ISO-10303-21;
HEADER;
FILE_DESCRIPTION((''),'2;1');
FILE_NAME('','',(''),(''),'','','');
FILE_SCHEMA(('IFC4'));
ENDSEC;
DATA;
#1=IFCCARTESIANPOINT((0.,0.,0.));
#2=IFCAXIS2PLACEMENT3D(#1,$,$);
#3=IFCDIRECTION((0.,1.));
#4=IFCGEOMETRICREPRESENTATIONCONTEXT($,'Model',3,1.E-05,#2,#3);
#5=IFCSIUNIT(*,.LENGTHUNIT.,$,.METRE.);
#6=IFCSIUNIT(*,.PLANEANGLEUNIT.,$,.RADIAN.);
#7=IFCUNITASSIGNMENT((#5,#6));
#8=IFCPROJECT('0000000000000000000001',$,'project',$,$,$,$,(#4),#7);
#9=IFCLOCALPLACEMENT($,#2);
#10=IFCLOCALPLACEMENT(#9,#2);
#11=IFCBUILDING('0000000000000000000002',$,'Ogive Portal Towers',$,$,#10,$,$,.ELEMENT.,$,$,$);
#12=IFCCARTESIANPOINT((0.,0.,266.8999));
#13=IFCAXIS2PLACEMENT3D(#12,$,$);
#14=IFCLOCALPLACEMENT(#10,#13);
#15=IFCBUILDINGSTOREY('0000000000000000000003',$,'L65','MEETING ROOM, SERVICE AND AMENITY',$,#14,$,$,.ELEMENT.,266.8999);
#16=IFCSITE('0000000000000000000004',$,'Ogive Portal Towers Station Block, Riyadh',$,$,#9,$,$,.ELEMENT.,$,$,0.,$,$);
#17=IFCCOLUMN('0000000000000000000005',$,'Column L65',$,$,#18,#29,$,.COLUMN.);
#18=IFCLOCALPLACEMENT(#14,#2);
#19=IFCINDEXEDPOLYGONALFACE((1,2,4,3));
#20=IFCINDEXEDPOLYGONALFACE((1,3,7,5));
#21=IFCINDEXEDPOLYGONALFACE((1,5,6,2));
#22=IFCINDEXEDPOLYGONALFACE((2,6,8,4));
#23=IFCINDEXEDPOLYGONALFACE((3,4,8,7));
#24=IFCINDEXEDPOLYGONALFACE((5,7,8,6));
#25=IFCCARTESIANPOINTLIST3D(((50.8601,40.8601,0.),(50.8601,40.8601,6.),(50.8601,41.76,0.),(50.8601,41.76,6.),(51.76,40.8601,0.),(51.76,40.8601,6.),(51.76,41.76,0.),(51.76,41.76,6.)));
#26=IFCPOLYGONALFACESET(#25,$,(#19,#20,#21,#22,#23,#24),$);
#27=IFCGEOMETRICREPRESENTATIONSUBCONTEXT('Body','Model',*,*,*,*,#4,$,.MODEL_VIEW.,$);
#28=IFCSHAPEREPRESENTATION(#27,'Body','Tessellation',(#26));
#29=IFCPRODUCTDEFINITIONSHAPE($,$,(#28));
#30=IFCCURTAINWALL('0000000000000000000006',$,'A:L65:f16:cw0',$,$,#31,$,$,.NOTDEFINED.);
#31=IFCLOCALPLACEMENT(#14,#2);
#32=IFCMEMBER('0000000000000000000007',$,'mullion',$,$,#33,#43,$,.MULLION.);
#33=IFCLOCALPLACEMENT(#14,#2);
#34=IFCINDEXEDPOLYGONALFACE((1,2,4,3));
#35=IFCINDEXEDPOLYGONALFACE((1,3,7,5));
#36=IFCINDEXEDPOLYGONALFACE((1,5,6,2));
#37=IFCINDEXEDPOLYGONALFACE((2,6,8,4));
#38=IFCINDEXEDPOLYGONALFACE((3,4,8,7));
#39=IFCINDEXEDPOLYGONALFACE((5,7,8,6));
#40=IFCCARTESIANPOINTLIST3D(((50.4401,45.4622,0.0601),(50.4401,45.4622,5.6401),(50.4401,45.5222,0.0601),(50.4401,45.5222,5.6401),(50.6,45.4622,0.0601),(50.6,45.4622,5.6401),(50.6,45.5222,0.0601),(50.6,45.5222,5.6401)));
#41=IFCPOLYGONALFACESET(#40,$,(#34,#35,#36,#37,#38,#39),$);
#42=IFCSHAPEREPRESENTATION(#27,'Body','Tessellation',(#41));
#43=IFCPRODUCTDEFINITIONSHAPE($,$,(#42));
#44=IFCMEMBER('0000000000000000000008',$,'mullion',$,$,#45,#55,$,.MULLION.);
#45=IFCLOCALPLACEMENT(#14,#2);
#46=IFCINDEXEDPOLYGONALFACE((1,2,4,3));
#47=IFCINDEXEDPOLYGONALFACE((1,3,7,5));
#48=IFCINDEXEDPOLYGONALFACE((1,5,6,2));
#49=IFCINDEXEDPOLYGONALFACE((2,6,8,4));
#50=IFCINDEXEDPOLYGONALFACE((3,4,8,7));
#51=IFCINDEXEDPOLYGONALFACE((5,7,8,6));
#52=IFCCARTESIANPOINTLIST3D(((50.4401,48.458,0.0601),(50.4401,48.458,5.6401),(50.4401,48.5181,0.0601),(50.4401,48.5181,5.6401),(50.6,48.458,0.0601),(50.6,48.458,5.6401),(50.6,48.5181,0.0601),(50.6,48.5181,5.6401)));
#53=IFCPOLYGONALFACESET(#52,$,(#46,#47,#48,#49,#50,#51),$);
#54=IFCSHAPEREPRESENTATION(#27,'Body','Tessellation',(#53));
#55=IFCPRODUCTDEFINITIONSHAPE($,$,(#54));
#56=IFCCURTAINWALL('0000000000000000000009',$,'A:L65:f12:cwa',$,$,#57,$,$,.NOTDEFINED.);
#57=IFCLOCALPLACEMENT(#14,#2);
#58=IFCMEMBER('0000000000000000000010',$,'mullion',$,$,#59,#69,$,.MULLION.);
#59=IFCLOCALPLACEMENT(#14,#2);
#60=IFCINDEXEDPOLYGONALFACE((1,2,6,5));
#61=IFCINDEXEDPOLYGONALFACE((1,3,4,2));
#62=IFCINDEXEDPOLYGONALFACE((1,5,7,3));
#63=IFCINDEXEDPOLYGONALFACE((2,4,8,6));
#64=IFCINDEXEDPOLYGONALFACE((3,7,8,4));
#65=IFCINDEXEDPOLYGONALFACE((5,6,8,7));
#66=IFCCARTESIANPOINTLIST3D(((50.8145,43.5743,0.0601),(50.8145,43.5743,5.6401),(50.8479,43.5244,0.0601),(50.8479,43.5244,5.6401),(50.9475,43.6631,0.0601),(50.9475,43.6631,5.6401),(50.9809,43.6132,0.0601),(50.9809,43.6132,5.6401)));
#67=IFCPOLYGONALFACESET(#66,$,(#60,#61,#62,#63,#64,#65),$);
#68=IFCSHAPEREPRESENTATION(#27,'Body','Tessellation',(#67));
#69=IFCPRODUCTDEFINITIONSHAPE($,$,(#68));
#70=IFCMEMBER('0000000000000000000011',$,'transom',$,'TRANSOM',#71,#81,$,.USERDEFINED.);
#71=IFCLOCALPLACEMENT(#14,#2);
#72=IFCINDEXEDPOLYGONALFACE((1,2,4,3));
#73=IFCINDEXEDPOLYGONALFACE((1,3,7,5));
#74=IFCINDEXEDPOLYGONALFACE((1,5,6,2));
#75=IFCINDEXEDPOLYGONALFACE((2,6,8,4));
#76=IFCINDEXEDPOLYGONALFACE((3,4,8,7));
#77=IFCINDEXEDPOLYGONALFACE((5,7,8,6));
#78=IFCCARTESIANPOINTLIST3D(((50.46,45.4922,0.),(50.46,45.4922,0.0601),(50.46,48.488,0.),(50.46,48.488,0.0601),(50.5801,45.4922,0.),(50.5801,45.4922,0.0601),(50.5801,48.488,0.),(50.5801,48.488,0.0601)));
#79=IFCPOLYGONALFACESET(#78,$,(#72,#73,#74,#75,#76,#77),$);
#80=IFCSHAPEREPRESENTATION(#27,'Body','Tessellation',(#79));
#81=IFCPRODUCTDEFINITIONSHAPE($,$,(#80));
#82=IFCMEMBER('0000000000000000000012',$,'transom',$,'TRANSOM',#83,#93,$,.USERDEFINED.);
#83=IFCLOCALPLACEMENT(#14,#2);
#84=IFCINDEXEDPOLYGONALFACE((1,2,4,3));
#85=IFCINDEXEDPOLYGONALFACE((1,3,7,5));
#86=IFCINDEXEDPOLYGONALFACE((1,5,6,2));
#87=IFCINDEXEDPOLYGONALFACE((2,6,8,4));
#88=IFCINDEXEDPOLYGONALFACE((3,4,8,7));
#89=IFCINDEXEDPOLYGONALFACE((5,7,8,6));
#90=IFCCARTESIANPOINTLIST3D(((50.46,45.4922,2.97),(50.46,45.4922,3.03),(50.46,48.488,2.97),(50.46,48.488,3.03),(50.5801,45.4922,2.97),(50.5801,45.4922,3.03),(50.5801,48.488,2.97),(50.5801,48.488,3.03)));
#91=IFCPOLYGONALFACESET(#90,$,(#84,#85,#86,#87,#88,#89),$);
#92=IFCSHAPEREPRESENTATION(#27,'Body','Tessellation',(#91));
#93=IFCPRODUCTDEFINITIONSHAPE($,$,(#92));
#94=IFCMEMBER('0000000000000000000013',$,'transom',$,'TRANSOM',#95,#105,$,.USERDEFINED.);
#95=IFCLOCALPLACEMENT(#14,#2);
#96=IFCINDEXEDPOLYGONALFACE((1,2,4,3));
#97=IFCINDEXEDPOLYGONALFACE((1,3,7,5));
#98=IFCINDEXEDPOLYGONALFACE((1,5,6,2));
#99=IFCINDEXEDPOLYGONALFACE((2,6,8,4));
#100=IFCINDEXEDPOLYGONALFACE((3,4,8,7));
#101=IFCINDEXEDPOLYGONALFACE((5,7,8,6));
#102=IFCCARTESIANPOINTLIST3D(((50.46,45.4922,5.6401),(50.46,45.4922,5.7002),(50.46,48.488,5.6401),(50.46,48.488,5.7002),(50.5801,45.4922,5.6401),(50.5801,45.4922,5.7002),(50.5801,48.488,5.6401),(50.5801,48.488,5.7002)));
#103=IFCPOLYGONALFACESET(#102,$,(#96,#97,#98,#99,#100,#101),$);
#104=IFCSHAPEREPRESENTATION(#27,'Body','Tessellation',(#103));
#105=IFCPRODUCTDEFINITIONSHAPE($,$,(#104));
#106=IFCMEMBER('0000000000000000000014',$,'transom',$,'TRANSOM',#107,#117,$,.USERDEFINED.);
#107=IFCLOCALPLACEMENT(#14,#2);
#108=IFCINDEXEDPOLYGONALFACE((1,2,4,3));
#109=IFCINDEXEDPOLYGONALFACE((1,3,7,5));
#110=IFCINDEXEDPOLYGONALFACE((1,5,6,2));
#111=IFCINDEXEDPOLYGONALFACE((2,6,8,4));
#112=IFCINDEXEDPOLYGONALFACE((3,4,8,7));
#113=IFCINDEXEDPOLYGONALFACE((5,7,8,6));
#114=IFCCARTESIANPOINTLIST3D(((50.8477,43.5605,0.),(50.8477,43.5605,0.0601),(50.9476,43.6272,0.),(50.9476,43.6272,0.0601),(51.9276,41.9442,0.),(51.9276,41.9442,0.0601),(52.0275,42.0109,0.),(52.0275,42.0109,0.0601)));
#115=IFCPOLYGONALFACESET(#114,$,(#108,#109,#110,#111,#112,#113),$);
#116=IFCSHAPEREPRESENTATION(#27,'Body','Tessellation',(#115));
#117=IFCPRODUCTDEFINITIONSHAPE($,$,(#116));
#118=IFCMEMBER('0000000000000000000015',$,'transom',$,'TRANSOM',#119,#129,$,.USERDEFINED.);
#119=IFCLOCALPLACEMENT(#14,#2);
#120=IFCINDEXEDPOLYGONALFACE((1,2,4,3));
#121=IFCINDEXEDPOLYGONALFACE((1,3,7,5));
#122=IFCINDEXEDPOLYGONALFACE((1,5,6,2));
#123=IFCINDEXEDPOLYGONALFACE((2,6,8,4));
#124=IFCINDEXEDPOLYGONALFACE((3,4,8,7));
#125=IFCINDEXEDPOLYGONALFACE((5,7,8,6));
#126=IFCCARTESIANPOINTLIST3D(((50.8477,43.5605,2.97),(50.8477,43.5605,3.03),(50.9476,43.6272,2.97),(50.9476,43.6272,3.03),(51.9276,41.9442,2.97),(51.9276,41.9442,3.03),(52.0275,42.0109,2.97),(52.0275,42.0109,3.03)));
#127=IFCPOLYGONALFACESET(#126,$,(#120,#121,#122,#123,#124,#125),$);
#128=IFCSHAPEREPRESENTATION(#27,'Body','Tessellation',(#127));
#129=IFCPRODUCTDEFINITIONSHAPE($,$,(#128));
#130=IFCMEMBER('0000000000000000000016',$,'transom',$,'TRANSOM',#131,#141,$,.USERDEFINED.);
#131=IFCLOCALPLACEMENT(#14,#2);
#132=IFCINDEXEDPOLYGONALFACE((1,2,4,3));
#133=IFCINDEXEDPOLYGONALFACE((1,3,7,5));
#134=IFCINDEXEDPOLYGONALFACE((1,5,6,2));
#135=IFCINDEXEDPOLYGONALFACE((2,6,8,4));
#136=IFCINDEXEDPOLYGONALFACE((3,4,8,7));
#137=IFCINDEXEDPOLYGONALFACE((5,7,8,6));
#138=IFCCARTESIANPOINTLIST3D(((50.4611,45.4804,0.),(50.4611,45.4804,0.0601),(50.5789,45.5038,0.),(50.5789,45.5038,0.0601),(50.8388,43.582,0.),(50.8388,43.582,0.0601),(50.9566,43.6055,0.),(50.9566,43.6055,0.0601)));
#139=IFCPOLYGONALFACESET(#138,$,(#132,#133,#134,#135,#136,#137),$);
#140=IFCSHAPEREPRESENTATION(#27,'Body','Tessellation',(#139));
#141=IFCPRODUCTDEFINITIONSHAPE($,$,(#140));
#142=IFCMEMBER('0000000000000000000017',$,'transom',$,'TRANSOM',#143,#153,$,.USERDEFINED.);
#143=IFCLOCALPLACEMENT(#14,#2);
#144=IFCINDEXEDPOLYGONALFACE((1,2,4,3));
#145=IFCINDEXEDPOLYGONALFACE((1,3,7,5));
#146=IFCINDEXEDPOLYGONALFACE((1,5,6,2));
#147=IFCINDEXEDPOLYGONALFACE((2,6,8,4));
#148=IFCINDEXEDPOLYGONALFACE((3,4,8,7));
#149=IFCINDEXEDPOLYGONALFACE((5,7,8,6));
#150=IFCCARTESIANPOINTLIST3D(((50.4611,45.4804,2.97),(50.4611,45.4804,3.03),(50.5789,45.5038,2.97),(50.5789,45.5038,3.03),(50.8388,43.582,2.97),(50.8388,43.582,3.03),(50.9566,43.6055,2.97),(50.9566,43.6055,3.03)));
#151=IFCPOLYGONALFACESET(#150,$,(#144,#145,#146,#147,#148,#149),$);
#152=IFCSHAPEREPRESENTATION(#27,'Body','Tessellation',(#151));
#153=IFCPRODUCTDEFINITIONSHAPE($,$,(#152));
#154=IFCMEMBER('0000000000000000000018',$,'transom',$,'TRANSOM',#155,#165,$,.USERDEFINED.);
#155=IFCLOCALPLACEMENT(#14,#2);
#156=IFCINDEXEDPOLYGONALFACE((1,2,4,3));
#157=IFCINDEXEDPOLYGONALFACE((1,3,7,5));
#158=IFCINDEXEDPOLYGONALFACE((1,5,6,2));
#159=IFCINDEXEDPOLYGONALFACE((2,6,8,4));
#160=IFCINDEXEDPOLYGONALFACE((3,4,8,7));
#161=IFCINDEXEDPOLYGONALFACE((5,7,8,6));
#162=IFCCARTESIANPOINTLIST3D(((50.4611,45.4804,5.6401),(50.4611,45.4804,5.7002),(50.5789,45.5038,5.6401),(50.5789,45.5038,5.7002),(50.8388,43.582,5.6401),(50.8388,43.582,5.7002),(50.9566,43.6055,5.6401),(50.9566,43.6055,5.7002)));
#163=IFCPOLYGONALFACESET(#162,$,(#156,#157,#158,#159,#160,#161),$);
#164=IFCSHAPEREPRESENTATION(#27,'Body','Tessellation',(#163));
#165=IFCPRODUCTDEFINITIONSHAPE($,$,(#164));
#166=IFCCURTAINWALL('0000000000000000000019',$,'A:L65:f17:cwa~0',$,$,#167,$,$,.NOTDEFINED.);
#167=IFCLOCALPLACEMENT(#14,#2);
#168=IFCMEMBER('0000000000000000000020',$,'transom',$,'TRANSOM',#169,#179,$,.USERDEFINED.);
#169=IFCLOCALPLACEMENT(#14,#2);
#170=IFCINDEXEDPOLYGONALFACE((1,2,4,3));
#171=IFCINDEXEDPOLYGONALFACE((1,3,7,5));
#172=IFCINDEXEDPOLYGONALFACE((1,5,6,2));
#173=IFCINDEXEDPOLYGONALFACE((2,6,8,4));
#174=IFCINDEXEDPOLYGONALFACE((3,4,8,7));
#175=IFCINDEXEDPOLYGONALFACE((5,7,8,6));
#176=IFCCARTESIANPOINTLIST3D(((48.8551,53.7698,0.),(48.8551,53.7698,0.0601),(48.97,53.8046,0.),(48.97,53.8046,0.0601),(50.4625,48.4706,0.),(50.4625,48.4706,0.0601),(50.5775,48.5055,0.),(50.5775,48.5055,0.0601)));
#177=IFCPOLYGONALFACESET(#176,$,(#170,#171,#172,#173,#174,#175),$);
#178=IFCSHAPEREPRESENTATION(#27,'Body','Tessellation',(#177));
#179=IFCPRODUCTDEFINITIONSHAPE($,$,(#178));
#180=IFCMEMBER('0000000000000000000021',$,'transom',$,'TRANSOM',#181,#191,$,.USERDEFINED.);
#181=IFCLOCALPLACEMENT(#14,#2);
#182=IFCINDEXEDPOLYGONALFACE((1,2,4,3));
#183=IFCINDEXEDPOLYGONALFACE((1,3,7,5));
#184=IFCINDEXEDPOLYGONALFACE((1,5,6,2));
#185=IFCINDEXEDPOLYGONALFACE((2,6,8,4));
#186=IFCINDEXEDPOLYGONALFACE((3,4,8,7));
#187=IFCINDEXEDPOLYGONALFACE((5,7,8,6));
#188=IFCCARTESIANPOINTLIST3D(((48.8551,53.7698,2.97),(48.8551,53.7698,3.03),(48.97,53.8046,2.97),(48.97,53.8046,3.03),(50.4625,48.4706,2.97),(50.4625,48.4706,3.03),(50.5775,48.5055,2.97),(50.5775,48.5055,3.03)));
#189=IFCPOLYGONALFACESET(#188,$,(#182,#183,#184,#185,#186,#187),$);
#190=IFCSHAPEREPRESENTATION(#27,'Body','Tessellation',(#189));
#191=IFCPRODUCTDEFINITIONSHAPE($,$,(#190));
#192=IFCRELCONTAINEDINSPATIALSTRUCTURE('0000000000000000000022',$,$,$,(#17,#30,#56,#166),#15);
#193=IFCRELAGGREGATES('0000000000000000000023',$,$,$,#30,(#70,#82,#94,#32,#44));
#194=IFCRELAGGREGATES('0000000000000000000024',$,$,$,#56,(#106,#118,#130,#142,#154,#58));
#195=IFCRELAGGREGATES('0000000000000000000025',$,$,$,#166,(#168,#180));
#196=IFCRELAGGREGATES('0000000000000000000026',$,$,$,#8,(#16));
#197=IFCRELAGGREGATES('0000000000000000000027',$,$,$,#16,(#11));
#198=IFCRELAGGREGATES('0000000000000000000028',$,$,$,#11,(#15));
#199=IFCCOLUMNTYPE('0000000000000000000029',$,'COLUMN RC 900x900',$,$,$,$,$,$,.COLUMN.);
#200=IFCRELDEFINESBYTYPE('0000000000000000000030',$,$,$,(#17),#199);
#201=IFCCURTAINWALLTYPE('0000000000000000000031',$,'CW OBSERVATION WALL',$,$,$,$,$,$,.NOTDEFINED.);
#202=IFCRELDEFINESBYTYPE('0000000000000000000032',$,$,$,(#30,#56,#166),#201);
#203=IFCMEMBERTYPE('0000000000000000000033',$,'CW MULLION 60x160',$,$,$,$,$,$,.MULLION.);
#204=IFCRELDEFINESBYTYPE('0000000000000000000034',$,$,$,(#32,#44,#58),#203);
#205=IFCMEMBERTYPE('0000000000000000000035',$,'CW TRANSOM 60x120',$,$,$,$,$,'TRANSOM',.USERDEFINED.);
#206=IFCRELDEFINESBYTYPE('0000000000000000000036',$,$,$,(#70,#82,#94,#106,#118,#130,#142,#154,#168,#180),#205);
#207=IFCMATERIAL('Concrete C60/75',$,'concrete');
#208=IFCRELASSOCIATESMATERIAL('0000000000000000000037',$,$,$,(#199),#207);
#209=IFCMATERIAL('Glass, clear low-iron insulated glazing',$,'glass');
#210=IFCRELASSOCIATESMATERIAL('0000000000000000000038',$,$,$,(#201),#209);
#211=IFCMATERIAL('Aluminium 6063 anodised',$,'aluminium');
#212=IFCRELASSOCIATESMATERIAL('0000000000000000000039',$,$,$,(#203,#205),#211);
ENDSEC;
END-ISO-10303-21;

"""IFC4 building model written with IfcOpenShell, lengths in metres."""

from ifc_helpers import new_model, si_unit, direction, frame, origin, origin_2d, place, context, subcontext, project, spatial, rectangle, extrude, material, material_profile, profile_set, type_object, element, aggregate, save


model = new_model("IFC4")

# Units and contexts
model_context = context("Model", 3, precision=1e-05, world=origin(), true_north=direction((0.0, 1.0)))
body_context = subcontext(model_context, "Body", "Model", "MODEL_VIEW")
ifc_project = project(units=[si_unit("LENGTHUNIT", "METRE"), si_unit("PLANEANGLEUNIT", "RADIAN")], contexts=[model_context])

# Site, building, storey
site_placement = place(None, origin())
site = spatial("IfcSite", under=ifc_project, at=site_placement, Name="Ogive Portal Towers Station Block, Riyadh", CompositionType="ELEMENT", RefElevation=0.0)
building_placement = place(site_placement, origin())
building = spatial("IfcBuilding", under=site, at=building_placement, Name="Ogive Portal Towers", CompositionType="ELEMENT")
storey_placement = place(building_placement, frame((0.0, 0.0, 266.8999)))
storey = spatial("IfcBuildingStorey", under=building, at=storey_placement, Name="L65", Description="MEETING ROOM, SERVICE AND AMENITY", CompositionType="ELEMENT", Elevation=266.8999)

# Column
ifc_material_1 = material(Name="Concrete C60/75", Category="concrete")
ifc_material_profile_1 = material_profile(ifc_material_1, rectangle(XDim=0.8999, YDim=0.8999, at=origin_2d()), Name="RC 900x900")
ifc_profile_set_1 = profile_set([ifc_material_profile_1], Name="Concrete C60/75")
column_type = type_object("IfcColumnType", Name="COLUMN RC 900x900", PredefinedType="COLUMN", material=ifc_profile_set_1)
column_placement = place(storey_placement, frame((51.3101, 41.3101, 0.0), z_axis=(0.0, 0.0, 1.0), x_axis=(1.0, 0.0, 0.0)))
element("IfcColumn", 1, at=column_placement, inside=storey, type_object=column_type, Name="Column L65", PredefinedType="COLUMN", context=body_context, shape_type="SweptSolid", body=[
    extrude(rectangle(XDim=0.8999, YDim=0.8999, at=origin_2d()), origin(), (0.0, 0.0, 1.0), 6.0),
])

# Curtain wall, members
ifc_material_2 = material(Name="Glass, clear low-iron insulated glazing", Category="glass")
curtain_wall_type = type_object("IfcCurtainWallType", Name="CW OBSERVATION WALL", PredefinedType="NOTDEFINED", material=ifc_material_2)
curtain_wall_1_placement = place(storey_placement, origin())
curtain_wall_1 = element("IfcCurtainWall", 2, at=curtain_wall_1_placement, inside=storey, type_object=curtain_wall_type, Name="A:L65:f16:cw0", PredefinedType="NOTDEFINED")
ifc_material_3 = material(Name="Aluminium 6063 anodised", Category="aluminium")
ifc_material_profile_2 = material_profile(ifc_material_3, rectangle(XDim=0.1599, YDim=0.0601, at=origin_2d()), Name="AL 60x160")
ifc_profile_set_2 = profile_set([ifc_material_profile_2], Name="Aluminium 6063 anodised")
member_type_1 = type_object("IfcMemberType", Name="CW MULLION 60x160", PredefinedType="MULLION", material=ifc_profile_set_2)
member_1_placement = place(storey_placement, frame((50.52, 45.4922, 0.0601), z_axis=(0.0, 0.0, 1.0), x_axis=(-1.0, 0.0, 0.0)))
member_1 = element("IfcMember", 3, at=member_1_placement, type_object=member_type_1, Name="mullion", PredefinedType="MULLION", context=body_context, shape_type="SweptSolid", body=[
    extrude(rectangle(XDim=0.1599, YDim=0.0601, at=origin_2d()), origin(), (0.0, 0.0, 1.0), 5.5801),
])
member_2_placement = place(storey_placement, frame((50.52, 48.488, 0.0601), z_axis=(0.0, 0.0, 1.0), x_axis=(-1.0, 0.0, 0.0)))
member_2 = element("IfcMember", 4, at=member_2_placement, type_object=member_type_1, Name="mullion", PredefinedType="MULLION", context=body_context, shape_type="SweptSolid", body=[
    extrude(rectangle(XDim=0.1599, YDim=0.0601, at=origin_2d()), origin(), (0.0, 0.0, 1.0), 5.5801),
])

# Curtain wall, member
curtain_wall_2_placement = place(storey_placement, origin())
curtain_wall_2 = element("IfcCurtainWall", 5, at=curtain_wall_2_placement, inside=storey, type_object=curtain_wall_type, Name="A:L65:f12:cwa", PredefinedType="NOTDEFINED")
member_3_placement = place(storey_placement, frame((50.8977, 43.5938, 0.0601), z_axis=(0.0, 0.0, 1.0), x_axis=(-0.83147, -0.55557, 0.0)))
member_3 = element("IfcMember", 6, at=member_3_placement, type_object=member_type_1, Name="mullion", PredefinedType="MULLION", context=body_context, shape_type="SweptSolid", body=[
    extrude(rectangle(XDim=0.1599, YDim=0.0601, at=origin_2d()), origin(), (0.0, 0.0, 1.0), 5.5801),
])

# Members
ifc_material_profile_3 = material_profile(ifc_material_3, rectangle(XDim=0.1201, YDim=0.0601, at=origin_2d()), Name="AL 120x60")
ifc_profile_set_3 = profile_set([ifc_material_profile_3], Name="Aluminium 6063 anodised")
member_type_2 = type_object("IfcMemberType", Name="CW TRANSOM 60x120", ElementType="TRANSOM", PredefinedType="USERDEFINED", material=ifc_profile_set_3)
member_4_placement = place(storey_placement, frame((50.52, 45.4922, 0.03), z_axis=(0.0, 1.0, 0.0), x_axis=(-1.0, 0.0, 0.0)))
member_4 = element("IfcMember", 7, at=member_4_placement, type_object=member_type_2, Name="transom", ObjectType="TRANSOM", PredefinedType="USERDEFINED", context=body_context, shape_type="SweptSolid", body=[
    extrude(rectangle(XDim=0.1201, YDim=0.0601, at=origin_2d()), origin(), (0.0, 0.0, 1.0), 2.9958),
])
member_5_placement = place(storey_placement, frame((50.52, 45.4922, 3.0), z_axis=(0.0, 1.0, 0.0), x_axis=(-1.0, 0.0, 0.0)))
member_5 = element("IfcMember", 8, at=member_5_placement, type_object=member_type_2, Name="transom", ObjectType="TRANSOM", PredefinedType="USERDEFINED", context=body_context, shape_type="SweptSolid", body=[
    extrude(rectangle(XDim=0.1201, YDim=0.0601, at=origin_2d()), origin(), (0.0, 0.0, 1.0), 2.9958),
])
member_6_placement = place(storey_placement, frame((50.52, 45.4922, 5.6702), z_axis=(0.0, 1.0, 0.0), x_axis=(-1.0, 0.0, 0.0)))
member_6 = element("IfcMember", 9, at=member_6_placement, type_object=member_type_2, Name="transom", ObjectType="TRANSOM", PredefinedType="USERDEFINED", context=body_context, shape_type="SweptSolid", body=[
    extrude(rectangle(XDim=0.1201, YDim=0.0601, at=origin_2d()), origin(), (0.0, 0.0, 1.0), 2.9958),
])
member_7_placement = place(storey_placement, frame((51.9775, 41.9775, 0.03), z_axis=(-0.55554, 0.831489, 0.0), x_axis=(-0.831489, -0.55554, 0.0)))
member_7 = element("IfcMember", 10, at=member_7_placement, type_object=member_type_2, Name="transom", ObjectType="TRANSOM", PredefinedType="USERDEFINED", context=body_context, shape_type="SweptSolid", body=[
    extrude(rectangle(XDim=0.1201, YDim=0.0601, at=origin_2d()), origin(), (0.0, 0.0, 1.0), 1.9438),
])
member_8_placement = place(storey_placement, frame((51.9775, 41.9775, 3.0), z_axis=(-0.55554, 0.831489, 0.0), x_axis=(-0.831489, -0.55554, 0.0)))
member_8 = element("IfcMember", 11, at=member_8_placement, type_object=member_type_2, Name="transom", ObjectType="TRANSOM", PredefinedType="USERDEFINED", context=body_context, shape_type="SweptSolid", body=[
    extrude(rectangle(XDim=0.1201, YDim=0.0601, at=origin_2d()), origin(), (0.0, 0.0, 1.0), 1.9438),
])
member_9_placement = place(storey_placement, frame((50.8977, 43.5938, 0.03), z_axis=(-0.195122, 0.980779, 0.0), x_axis=(-0.980779, -0.195122, 0.0)))
member_9 = element("IfcMember", 12, at=member_9_placement, type_object=member_type_2, Name="transom", ObjectType="TRANSOM", PredefinedType="USERDEFINED", context=body_context, shape_type="SweptSolid", body=[
    extrude(rectangle(XDim=0.1201, YDim=0.0601, at=origin_2d()), origin(), (0.0, 0.0, 1.0), 1.9355),
])
member_10_placement = place(storey_placement, frame((50.8977, 43.5938, 3.0), z_axis=(-0.195122, 0.980779, 0.0), x_axis=(-0.980779, -0.195122, 0.0)))
member_10 = element("IfcMember", 13, at=member_10_placement, type_object=member_type_2, Name="transom", ObjectType="TRANSOM", PredefinedType="USERDEFINED", context=body_context, shape_type="SweptSolid", body=[
    extrude(rectangle(XDim=0.1201, YDim=0.0601, at=origin_2d()), origin(), (0.0, 0.0, 1.0), 1.9355),
])
member_11_placement = place(storey_placement, frame((50.8977, 43.5938, 5.6702), z_axis=(-0.195122, 0.980779, 0.0), x_axis=(-0.980779, -0.195122, 0.0)))
member_11 = element("IfcMember", 14, at=member_11_placement, type_object=member_type_2, Name="transom", ObjectType="TRANSOM", PredefinedType="USERDEFINED", context=body_context, shape_type="SweptSolid", body=[
    extrude(rectangle(XDim=0.1201, YDim=0.0601, at=origin_2d()), origin(), (0.0, 0.0, 1.0), 1.9355),
])

# Curtain wall, members
curtain_wall_3_placement = place(storey_placement, origin())
curtain_wall_3 = element("IfcCurtainWall", 15, at=curtain_wall_3_placement, inside=storey, type_object=curtain_wall_type, Name="A:L65:f17:cwa~0", PredefinedType="NOTDEFINED")
member_12_placement = place(storey_placement, frame((50.52, 48.488, 0.03), z_axis=(-0.290279, 0.956942, 0.0), x_axis=(-0.956942, -0.290279, 0.0)))
member_12 = element("IfcMember", 16, at=member_12_placement, type_object=member_type_2, Name="transom", ObjectType="TRANSOM", PredefinedType="USERDEFINED", context=body_context, shape_type="SweptSolid", body=[
    extrude(rectangle(XDim=0.1201, YDim=0.0601, at=origin_2d()), origin(), (0.0, 0.0, 1.0), 5.5376),
])
member_13_placement = place(storey_placement, frame((50.52, 48.488, 3.0), z_axis=(-0.290279, 0.956942, 0.0), x_axis=(-0.956942, -0.290279, 0.0)))
member_13 = element("IfcMember", 17, at=member_13_placement, type_object=member_type_2, Name="transom", ObjectType="TRANSOM", PredefinedType="USERDEFINED", context=body_context, shape_type="SweptSolid", body=[
    extrude(rectangle(XDim=0.1201, YDim=0.0601, at=origin_2d()), origin(), (0.0, 0.0, 1.0), 5.5376),
])

aggregate(curtain_wall_1, [member_4, member_5, member_6, member_1, member_2])
aggregate(curtain_wall_2, [member_7, member_8, member_9, member_10, member_11, member_3])
aggregate(curtain_wall_3, [member_12, member_13])

save(model, "model.ifc")
